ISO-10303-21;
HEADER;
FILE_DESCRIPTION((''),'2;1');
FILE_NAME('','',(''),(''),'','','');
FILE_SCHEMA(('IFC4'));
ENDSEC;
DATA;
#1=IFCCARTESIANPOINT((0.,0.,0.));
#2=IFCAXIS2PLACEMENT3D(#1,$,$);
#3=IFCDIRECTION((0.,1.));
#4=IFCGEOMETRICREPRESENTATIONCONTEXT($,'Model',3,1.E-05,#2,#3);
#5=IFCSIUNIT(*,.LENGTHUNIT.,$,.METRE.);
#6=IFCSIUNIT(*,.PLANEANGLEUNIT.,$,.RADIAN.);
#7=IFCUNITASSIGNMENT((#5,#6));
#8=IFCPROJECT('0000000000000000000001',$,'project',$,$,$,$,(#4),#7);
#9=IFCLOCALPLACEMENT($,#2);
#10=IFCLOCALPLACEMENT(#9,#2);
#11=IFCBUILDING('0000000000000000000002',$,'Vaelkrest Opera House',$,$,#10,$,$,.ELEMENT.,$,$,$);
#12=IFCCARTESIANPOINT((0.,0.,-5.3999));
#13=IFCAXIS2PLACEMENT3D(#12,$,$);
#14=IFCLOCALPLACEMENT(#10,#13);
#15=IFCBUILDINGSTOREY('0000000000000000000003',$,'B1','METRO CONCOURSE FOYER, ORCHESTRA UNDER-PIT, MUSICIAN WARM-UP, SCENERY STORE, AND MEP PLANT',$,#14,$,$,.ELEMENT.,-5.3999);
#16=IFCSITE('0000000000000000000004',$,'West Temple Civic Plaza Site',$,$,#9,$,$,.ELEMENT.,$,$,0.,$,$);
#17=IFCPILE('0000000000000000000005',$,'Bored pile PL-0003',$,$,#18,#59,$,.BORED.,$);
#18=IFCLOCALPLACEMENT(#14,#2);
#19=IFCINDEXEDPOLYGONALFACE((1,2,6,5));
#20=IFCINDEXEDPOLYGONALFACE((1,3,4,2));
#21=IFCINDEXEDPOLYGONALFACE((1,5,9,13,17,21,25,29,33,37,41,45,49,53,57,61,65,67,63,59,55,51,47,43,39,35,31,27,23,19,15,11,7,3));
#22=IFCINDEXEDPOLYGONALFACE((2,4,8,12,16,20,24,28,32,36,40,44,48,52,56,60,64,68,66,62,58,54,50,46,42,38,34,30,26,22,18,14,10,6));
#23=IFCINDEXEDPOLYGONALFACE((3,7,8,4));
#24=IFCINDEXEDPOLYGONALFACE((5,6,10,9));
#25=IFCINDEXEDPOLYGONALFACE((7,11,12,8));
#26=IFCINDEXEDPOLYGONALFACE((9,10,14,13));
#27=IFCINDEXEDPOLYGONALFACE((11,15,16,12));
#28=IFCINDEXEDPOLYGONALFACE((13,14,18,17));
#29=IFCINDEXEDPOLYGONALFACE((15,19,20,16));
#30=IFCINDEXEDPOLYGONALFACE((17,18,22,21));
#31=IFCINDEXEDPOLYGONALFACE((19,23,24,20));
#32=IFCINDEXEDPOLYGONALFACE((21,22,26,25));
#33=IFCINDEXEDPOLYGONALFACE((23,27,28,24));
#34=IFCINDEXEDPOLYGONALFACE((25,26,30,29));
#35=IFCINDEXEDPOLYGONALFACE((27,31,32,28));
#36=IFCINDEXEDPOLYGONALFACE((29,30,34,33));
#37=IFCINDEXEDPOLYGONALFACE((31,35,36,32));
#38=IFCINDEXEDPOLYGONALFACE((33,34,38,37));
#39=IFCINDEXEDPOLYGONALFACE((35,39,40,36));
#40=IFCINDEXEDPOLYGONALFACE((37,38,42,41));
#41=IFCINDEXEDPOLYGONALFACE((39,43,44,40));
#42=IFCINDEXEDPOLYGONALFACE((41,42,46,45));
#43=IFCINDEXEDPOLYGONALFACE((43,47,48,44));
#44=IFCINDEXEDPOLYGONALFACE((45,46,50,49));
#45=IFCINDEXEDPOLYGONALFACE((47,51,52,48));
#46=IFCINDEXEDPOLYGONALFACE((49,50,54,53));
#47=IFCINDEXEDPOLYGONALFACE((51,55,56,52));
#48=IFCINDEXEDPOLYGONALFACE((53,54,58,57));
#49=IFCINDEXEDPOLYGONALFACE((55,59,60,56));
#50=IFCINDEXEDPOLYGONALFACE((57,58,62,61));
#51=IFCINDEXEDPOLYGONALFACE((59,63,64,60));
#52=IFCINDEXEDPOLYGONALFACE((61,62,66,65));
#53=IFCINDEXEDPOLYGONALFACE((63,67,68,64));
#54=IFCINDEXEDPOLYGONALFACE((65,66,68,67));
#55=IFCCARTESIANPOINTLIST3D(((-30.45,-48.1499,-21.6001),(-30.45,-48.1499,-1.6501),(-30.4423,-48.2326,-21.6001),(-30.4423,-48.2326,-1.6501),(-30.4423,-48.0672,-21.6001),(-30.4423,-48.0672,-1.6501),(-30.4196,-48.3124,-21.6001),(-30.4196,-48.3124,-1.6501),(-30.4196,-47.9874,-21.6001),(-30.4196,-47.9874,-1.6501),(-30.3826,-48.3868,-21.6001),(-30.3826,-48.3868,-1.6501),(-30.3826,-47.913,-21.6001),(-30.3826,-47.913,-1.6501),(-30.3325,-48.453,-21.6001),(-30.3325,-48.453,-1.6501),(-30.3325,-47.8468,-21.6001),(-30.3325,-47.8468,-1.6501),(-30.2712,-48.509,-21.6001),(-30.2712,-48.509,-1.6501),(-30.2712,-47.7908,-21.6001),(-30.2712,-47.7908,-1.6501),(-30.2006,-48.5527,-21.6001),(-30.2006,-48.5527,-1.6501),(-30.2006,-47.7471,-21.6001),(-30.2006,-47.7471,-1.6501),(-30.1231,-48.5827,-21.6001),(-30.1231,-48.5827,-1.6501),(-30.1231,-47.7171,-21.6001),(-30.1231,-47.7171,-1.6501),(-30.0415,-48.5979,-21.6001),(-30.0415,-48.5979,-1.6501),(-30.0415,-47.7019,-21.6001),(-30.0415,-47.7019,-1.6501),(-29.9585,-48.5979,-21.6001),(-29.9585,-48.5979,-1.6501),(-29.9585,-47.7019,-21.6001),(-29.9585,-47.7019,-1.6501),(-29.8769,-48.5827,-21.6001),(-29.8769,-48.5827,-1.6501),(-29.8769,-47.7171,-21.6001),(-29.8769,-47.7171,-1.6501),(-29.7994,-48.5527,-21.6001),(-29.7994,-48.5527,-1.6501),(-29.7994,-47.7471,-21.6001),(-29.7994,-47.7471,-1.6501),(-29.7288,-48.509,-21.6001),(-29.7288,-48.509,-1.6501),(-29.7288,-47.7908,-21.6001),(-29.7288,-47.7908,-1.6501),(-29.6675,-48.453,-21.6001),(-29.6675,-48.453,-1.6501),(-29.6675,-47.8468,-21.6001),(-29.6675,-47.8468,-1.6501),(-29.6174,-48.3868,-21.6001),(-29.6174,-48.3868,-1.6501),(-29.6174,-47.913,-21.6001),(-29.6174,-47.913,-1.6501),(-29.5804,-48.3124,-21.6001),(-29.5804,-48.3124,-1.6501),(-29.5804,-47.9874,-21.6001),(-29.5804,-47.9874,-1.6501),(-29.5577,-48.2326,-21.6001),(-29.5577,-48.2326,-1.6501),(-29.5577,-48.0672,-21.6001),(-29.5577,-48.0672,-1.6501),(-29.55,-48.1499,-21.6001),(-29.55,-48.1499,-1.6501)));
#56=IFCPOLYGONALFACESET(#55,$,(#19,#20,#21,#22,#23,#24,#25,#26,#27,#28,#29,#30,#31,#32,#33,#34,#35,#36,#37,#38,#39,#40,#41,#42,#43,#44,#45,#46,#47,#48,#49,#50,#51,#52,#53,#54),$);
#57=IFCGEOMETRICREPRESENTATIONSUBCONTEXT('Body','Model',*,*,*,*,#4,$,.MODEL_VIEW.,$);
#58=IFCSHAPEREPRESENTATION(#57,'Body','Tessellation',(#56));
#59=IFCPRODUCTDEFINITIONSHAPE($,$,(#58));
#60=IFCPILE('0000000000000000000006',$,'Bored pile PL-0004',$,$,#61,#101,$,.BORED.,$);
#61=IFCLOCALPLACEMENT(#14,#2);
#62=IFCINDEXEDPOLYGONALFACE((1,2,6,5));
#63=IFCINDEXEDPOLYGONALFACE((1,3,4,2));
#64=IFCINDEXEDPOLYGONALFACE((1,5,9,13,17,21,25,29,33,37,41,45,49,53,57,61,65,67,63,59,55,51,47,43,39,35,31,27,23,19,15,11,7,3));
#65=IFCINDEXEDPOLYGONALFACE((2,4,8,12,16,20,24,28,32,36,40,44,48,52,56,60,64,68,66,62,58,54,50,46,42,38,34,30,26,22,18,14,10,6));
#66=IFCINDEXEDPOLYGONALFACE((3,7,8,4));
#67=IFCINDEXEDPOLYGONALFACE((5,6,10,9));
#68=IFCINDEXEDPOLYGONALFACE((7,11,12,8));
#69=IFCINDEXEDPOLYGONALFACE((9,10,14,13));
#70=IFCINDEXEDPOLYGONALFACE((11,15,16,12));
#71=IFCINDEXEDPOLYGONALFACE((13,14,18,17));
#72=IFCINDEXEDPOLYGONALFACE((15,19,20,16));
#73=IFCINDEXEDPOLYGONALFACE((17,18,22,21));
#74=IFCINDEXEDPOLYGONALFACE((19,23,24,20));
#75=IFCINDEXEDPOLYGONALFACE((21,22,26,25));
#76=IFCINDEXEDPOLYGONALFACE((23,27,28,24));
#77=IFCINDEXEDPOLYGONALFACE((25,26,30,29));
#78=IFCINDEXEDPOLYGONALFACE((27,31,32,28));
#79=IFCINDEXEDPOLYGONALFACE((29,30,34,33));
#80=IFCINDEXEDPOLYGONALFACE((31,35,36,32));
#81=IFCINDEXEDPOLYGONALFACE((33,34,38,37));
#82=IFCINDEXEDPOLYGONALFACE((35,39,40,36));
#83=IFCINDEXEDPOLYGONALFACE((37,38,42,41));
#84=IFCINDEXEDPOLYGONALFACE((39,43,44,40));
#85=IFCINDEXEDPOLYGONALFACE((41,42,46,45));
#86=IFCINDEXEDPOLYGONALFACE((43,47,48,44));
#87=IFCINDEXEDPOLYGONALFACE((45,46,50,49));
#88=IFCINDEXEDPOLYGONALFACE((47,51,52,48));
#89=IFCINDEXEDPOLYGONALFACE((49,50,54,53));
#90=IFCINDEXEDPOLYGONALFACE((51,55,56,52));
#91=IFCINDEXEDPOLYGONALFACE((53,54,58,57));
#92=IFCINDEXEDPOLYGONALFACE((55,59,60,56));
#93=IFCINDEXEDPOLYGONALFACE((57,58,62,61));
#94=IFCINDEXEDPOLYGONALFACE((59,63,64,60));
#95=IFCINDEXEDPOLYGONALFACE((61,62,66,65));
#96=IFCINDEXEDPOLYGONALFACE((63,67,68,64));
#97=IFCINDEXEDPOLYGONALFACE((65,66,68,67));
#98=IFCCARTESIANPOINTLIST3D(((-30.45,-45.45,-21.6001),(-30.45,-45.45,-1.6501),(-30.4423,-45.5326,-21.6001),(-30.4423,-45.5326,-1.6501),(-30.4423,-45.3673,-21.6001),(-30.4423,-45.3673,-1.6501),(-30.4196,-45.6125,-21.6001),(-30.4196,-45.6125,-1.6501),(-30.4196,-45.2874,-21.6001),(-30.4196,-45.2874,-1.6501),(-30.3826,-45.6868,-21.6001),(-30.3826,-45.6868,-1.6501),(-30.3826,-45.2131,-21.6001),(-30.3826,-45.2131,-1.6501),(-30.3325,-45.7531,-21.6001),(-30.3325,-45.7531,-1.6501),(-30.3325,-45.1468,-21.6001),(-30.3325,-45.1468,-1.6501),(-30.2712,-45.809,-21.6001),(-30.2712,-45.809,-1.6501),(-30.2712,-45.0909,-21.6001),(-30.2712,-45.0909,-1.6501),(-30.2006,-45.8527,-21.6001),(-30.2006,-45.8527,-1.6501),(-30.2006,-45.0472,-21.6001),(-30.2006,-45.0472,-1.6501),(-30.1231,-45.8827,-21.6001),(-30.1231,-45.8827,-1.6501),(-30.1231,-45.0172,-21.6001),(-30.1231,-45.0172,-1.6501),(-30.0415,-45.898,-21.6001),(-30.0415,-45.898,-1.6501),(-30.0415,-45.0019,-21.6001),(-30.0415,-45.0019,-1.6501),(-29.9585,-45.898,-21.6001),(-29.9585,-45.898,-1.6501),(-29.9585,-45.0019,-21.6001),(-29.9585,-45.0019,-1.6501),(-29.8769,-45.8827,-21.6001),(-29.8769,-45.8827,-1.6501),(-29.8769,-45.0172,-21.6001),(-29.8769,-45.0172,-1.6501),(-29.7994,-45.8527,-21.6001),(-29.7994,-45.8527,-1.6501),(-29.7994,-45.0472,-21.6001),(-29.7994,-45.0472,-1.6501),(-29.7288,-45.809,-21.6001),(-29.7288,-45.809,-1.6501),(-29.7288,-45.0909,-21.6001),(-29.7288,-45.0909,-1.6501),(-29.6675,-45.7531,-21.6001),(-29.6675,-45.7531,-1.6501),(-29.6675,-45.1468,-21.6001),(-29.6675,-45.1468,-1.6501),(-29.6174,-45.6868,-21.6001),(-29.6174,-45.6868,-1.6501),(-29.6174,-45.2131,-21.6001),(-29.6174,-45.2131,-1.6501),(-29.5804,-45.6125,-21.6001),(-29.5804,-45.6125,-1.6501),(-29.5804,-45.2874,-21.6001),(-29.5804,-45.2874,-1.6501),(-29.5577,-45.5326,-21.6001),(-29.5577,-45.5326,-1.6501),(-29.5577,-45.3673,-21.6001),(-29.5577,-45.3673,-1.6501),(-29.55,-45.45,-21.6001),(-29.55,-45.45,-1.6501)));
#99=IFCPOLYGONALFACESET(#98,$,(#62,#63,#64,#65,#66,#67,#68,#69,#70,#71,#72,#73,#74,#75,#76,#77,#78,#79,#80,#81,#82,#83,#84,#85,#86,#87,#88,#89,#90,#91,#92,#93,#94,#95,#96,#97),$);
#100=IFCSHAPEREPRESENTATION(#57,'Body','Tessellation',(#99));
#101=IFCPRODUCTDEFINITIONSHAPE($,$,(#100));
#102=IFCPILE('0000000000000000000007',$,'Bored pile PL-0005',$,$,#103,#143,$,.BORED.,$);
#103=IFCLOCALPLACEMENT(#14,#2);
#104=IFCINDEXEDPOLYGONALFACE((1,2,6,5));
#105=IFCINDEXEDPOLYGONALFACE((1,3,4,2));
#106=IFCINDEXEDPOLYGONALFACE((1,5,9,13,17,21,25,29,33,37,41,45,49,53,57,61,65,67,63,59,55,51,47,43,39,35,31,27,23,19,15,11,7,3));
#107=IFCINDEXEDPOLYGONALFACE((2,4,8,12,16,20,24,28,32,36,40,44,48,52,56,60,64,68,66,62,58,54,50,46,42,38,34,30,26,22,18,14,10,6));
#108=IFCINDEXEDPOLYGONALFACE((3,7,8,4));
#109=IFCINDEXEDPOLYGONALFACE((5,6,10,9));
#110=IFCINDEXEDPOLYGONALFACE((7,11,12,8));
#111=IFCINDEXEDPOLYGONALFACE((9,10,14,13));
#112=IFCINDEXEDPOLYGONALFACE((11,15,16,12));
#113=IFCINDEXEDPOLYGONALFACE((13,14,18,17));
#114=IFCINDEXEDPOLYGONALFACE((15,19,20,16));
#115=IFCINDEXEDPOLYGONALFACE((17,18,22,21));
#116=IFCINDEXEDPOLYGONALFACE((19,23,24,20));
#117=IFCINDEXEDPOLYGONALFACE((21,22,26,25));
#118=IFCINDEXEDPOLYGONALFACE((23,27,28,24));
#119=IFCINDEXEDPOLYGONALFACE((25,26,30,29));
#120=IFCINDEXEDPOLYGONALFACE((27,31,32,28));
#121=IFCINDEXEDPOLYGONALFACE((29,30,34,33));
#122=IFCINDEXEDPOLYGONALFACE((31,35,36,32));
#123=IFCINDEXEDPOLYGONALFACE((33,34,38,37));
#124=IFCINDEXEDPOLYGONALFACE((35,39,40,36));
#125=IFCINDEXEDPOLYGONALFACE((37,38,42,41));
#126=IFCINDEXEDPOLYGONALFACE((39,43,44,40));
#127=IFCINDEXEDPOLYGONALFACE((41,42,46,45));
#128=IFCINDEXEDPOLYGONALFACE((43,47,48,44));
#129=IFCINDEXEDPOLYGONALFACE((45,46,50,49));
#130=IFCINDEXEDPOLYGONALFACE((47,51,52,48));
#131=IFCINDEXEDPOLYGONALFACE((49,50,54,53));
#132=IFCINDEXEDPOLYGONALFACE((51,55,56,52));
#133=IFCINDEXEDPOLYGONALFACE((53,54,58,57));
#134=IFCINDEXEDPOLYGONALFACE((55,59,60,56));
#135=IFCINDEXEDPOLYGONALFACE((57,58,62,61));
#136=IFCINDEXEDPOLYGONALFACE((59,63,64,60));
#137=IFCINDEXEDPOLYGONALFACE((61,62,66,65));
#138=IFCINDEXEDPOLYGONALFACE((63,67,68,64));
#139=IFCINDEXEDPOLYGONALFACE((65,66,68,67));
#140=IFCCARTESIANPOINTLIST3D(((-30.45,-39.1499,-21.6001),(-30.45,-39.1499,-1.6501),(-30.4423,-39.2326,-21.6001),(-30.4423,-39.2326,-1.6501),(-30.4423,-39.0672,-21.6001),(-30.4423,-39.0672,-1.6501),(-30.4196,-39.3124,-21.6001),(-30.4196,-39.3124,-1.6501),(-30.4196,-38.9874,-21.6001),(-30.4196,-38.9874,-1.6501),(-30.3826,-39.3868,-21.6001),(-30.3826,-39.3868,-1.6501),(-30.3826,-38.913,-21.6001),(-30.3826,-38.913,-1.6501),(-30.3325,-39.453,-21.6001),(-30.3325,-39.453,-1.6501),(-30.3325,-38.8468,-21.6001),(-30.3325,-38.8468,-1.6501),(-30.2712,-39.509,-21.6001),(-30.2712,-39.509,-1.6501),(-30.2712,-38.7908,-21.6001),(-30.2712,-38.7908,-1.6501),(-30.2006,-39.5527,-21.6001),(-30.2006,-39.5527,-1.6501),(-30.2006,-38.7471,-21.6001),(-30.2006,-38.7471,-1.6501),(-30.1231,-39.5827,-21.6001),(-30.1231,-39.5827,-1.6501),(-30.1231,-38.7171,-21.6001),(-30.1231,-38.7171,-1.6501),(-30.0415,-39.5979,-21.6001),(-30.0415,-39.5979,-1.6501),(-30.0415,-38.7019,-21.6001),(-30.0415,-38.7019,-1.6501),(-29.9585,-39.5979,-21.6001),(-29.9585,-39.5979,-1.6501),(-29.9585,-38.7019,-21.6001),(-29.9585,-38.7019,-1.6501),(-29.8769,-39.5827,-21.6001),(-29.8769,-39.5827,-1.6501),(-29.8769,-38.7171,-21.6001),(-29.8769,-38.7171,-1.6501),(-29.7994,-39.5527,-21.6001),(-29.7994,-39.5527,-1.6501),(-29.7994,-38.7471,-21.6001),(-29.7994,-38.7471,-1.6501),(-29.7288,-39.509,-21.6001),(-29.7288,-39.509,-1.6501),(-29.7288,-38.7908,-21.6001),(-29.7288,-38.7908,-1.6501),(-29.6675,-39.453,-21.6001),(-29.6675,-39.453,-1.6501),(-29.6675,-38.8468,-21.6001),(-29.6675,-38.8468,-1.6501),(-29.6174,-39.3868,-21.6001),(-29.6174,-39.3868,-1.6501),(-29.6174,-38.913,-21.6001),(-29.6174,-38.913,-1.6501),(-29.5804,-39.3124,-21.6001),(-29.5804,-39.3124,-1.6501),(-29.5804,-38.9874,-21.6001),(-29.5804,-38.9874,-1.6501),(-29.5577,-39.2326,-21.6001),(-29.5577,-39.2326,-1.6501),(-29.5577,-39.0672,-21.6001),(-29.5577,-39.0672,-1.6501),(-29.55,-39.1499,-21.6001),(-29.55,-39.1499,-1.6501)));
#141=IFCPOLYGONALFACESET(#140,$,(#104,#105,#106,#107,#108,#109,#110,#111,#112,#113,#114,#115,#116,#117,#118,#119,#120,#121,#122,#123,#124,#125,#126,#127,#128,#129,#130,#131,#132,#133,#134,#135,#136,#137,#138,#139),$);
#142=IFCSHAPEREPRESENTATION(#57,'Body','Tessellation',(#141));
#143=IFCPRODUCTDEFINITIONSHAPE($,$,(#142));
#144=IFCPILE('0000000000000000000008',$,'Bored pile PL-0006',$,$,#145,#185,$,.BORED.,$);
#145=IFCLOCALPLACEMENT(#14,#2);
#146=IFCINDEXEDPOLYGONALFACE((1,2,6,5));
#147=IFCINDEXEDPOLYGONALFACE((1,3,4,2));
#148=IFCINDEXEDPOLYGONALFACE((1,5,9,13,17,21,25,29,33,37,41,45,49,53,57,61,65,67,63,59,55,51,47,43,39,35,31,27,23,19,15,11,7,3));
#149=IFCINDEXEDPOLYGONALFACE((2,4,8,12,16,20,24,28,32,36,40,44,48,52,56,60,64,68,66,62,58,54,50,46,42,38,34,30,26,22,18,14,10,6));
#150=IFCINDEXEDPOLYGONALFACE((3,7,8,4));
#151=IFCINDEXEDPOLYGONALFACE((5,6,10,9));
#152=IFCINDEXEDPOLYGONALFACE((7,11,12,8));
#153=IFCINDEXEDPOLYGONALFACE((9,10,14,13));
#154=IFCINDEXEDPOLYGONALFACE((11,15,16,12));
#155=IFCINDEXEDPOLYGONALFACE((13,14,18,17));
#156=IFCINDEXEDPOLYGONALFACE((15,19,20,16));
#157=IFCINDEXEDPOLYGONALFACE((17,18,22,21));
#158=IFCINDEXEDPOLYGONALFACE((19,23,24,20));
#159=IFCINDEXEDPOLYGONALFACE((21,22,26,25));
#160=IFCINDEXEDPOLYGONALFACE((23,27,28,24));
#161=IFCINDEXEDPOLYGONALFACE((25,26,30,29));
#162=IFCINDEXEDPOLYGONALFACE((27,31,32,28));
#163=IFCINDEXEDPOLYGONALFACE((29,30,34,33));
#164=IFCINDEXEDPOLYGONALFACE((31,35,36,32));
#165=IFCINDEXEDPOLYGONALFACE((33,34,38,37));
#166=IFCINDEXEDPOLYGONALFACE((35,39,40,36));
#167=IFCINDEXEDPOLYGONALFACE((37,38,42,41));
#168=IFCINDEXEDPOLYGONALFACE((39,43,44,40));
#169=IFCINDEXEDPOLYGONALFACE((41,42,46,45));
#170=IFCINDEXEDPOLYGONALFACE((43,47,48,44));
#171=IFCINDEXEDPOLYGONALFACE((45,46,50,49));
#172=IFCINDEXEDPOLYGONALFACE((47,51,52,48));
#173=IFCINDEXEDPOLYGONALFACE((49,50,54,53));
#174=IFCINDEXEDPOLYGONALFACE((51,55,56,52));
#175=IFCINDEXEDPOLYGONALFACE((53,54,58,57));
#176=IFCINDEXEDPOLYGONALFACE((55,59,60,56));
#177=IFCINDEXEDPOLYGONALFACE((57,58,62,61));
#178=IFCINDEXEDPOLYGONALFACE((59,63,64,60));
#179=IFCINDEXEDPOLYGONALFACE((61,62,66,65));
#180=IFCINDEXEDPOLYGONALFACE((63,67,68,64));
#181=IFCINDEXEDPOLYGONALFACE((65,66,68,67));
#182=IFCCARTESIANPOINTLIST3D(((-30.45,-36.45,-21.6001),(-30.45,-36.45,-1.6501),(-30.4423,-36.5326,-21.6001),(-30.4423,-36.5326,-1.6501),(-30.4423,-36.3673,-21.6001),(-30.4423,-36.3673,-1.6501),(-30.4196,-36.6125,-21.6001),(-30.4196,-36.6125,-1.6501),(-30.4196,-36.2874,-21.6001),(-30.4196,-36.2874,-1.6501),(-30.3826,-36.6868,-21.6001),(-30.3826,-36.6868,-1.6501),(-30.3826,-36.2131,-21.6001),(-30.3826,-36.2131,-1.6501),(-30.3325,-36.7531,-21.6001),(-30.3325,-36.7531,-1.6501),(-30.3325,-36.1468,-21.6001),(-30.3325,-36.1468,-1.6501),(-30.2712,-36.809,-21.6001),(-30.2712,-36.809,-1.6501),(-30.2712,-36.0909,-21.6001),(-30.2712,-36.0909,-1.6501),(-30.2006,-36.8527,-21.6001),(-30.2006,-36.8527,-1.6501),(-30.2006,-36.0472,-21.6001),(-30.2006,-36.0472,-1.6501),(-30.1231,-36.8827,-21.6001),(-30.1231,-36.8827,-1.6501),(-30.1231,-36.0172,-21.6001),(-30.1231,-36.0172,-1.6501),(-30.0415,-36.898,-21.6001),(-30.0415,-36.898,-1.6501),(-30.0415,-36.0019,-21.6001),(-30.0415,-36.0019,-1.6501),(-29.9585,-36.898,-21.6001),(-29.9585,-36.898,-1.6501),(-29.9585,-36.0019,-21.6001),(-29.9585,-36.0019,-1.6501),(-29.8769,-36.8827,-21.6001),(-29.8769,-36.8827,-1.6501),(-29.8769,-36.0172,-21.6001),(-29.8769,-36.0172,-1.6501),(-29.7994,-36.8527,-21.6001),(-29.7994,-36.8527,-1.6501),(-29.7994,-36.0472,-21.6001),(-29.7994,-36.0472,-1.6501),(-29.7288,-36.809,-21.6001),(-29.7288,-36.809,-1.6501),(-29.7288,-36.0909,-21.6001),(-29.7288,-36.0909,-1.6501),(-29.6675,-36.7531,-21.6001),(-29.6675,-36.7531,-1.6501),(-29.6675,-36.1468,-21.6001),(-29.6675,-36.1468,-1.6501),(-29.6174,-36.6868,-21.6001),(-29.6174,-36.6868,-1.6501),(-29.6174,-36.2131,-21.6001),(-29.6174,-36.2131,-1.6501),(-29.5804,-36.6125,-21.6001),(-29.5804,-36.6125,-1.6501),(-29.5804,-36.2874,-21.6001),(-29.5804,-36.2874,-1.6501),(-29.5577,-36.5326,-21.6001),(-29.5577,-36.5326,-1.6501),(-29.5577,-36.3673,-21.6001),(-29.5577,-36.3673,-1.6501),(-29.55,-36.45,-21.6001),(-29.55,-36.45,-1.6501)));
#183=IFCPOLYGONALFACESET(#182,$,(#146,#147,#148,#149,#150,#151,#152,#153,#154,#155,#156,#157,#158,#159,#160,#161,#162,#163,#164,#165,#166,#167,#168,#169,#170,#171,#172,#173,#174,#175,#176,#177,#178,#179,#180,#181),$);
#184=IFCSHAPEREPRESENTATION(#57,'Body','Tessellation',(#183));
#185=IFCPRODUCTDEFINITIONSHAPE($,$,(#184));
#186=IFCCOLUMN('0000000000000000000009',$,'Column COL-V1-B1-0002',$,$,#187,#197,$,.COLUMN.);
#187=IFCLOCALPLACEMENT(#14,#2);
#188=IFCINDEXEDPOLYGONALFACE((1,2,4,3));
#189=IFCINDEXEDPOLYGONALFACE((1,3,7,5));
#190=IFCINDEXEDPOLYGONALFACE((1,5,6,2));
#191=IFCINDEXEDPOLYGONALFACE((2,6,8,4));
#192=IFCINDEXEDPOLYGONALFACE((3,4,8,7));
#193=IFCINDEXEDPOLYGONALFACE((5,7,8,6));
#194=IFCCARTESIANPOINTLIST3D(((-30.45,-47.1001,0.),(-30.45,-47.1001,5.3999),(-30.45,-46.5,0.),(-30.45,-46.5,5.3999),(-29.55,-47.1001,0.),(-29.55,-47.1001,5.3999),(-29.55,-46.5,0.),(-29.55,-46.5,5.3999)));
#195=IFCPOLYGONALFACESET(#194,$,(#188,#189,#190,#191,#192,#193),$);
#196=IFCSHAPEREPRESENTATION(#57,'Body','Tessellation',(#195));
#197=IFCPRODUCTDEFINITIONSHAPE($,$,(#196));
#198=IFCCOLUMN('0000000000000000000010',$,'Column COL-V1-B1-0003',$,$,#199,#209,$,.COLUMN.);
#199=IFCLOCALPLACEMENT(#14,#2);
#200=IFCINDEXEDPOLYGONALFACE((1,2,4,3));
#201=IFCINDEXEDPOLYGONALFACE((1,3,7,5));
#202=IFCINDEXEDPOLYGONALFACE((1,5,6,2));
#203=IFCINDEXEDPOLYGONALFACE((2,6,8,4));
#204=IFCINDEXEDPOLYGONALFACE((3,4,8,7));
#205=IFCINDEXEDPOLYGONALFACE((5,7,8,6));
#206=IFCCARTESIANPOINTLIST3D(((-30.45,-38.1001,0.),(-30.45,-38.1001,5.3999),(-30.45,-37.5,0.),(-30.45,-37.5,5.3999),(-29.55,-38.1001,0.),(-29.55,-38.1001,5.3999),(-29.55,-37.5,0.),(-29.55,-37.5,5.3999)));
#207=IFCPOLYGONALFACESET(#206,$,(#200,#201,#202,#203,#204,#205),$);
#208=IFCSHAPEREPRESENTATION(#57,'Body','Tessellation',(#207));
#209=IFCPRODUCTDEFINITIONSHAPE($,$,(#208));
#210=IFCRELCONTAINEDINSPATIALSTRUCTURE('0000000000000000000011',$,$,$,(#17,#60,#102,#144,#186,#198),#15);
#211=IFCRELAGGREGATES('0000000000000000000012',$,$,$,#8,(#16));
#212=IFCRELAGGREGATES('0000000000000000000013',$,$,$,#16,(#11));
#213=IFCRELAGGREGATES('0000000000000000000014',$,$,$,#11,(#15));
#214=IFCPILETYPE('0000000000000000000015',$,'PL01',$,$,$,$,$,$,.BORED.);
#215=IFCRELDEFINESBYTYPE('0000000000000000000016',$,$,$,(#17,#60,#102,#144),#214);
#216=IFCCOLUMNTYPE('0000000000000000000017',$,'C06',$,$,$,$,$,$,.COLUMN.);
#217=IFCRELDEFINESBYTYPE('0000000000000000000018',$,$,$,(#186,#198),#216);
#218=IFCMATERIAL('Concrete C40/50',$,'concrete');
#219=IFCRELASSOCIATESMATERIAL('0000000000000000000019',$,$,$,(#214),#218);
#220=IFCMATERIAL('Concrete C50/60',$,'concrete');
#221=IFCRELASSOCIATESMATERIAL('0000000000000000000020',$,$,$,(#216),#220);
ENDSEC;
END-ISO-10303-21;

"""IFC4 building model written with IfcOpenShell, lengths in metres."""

from ifc_helpers import new_model, si_unit, direction, frame, origin, origin_2d, place, context, subcontext, project, spatial, rectangle, circle, extrude, material, material_profile, profile_set, type_object, element, save


model = new_model("IFC4")

# Units and contexts
model_context = context("Model", 3, precision=1e-05, world=origin(), true_north=direction((0.0, 1.0)))
body_context = subcontext(model_context, "Body", "Model", "MODEL_VIEW")
ifc_project = project(units=[si_unit("LENGTHUNIT", "METRE"), si_unit("PLANEANGLEUNIT", "RADIAN")], contexts=[model_context])

# Site, building, storey
site_placement = place(None, origin())
site = spatial("IfcSite", under=ifc_project, at=site_placement, Name="West Temple Civic Plaza Site", CompositionType="ELEMENT", RefElevation=0.0)
building_placement = place(site_placement, origin())
building = spatial("IfcBuilding", under=site, at=building_placement, Name="Vaelkrest Opera House", CompositionType="ELEMENT")
storey_placement = place(building_placement, frame((0.0, 0.0, -5.3999)))
storey = spatial("IfcBuildingStorey", under=building, at=storey_placement, Name="B1", Description="METRO CONCOURSE FOYER, ORCHESTRA UNDER-PIT, MUSICIAN WARM-UP, SCENERY STORE, AND MEP PLANT", CompositionType="ELEMENT", Elevation=-5.3999)

# Shared definitions
ifc_material_1 = material(Name="Concrete C40/50", Category="concrete")

# Piles
ifc_material_profile_1 = material_profile(ifc_material_1, circle(Radius=0.45, at=origin_2d()), Name="PILE900")
ifc_profile_set_1 = profile_set([ifc_material_profile_1], Name="Concrete C40/50")
pile_type = type_object("IfcPileType", Name="PL01", PredefinedType="BORED", material=ifc_profile_set_1)
for number, where, z_axis, x_axis, name in (
    (1, (-30.0, -48.1499, -1.6501), (0.0, 0.0, -1.0), (1.0, 0.0, 0.0), "Bored pile PL-0003"),
    (2, (-30.0, -45.45, -1.6501), (0.0, 0.0, -1.0), (1.0, 0.0, 0.0), "Bored pile PL-0004"),
    (3, (-30.0, -39.1499, -1.6501), (0.0, 0.0, -1.0), (1.0, 0.0, 0.0), "Bored pile PL-0005"),
    (4, (-30.0, -36.45, -1.6501), (0.0, 0.0, -1.0), (1.0, 0.0, 0.0), "Bored pile PL-0006"),
):
    element("IfcPile", number, at=place(storey_placement, frame(where, z_axis=z_axis, x_axis=x_axis)), inside=storey, type_object=pile_type, Name=name, PredefinedType="BORED", context=body_context, shape_type="SweptSolid", body=[
        extrude(circle(Radius=0.45, at=origin_2d()), origin(), (0.0, 0.0, 1.0), 19.95),
    ])

# Columns
ifc_material_2 = material(Name="Concrete C50/60", Category="concrete")
ifc_material_profile_2 = material_profile(ifc_material_2, rectangle(XDim=0.6001, YDim=0.8999, at=origin_2d()), Name="RC600X900")
ifc_profile_set_2 = profile_set([ifc_material_profile_2], Name="Concrete C50/60")
column_type_1 = type_object("IfcColumnType", Name="C06", PredefinedType="COLUMN", material=ifc_profile_set_2)
for number, where, z_axis, x_axis, name in (
    (5, (-30.0, -46.8, 0.0), (0.0, 0.0, 1.0), (0.0, 1.0, 0.0), "Column COL-V1-B1-0002"),
    (6, (-30.0, -37.8, 0.0), (0.0, 0.0, 1.0), (0.0, 1.0, 0.0), "Column COL-V1-B1-0003"),
):
    element("IfcColumn", number, at=place(storey_placement, frame(where, z_axis=z_axis, x_axis=x_axis)), inside=storey, type_object=column_type_1, Name=name, PredefinedType="COLUMN", context=body_context, shape_type="SweptSolid", body=[
        extrude(rectangle(XDim=0.6001, YDim=0.8999, at=origin_2d()), origin(), (0.0, 0.0, 1.0), 5.3999),
    ])

save(model, "model.ifc")
